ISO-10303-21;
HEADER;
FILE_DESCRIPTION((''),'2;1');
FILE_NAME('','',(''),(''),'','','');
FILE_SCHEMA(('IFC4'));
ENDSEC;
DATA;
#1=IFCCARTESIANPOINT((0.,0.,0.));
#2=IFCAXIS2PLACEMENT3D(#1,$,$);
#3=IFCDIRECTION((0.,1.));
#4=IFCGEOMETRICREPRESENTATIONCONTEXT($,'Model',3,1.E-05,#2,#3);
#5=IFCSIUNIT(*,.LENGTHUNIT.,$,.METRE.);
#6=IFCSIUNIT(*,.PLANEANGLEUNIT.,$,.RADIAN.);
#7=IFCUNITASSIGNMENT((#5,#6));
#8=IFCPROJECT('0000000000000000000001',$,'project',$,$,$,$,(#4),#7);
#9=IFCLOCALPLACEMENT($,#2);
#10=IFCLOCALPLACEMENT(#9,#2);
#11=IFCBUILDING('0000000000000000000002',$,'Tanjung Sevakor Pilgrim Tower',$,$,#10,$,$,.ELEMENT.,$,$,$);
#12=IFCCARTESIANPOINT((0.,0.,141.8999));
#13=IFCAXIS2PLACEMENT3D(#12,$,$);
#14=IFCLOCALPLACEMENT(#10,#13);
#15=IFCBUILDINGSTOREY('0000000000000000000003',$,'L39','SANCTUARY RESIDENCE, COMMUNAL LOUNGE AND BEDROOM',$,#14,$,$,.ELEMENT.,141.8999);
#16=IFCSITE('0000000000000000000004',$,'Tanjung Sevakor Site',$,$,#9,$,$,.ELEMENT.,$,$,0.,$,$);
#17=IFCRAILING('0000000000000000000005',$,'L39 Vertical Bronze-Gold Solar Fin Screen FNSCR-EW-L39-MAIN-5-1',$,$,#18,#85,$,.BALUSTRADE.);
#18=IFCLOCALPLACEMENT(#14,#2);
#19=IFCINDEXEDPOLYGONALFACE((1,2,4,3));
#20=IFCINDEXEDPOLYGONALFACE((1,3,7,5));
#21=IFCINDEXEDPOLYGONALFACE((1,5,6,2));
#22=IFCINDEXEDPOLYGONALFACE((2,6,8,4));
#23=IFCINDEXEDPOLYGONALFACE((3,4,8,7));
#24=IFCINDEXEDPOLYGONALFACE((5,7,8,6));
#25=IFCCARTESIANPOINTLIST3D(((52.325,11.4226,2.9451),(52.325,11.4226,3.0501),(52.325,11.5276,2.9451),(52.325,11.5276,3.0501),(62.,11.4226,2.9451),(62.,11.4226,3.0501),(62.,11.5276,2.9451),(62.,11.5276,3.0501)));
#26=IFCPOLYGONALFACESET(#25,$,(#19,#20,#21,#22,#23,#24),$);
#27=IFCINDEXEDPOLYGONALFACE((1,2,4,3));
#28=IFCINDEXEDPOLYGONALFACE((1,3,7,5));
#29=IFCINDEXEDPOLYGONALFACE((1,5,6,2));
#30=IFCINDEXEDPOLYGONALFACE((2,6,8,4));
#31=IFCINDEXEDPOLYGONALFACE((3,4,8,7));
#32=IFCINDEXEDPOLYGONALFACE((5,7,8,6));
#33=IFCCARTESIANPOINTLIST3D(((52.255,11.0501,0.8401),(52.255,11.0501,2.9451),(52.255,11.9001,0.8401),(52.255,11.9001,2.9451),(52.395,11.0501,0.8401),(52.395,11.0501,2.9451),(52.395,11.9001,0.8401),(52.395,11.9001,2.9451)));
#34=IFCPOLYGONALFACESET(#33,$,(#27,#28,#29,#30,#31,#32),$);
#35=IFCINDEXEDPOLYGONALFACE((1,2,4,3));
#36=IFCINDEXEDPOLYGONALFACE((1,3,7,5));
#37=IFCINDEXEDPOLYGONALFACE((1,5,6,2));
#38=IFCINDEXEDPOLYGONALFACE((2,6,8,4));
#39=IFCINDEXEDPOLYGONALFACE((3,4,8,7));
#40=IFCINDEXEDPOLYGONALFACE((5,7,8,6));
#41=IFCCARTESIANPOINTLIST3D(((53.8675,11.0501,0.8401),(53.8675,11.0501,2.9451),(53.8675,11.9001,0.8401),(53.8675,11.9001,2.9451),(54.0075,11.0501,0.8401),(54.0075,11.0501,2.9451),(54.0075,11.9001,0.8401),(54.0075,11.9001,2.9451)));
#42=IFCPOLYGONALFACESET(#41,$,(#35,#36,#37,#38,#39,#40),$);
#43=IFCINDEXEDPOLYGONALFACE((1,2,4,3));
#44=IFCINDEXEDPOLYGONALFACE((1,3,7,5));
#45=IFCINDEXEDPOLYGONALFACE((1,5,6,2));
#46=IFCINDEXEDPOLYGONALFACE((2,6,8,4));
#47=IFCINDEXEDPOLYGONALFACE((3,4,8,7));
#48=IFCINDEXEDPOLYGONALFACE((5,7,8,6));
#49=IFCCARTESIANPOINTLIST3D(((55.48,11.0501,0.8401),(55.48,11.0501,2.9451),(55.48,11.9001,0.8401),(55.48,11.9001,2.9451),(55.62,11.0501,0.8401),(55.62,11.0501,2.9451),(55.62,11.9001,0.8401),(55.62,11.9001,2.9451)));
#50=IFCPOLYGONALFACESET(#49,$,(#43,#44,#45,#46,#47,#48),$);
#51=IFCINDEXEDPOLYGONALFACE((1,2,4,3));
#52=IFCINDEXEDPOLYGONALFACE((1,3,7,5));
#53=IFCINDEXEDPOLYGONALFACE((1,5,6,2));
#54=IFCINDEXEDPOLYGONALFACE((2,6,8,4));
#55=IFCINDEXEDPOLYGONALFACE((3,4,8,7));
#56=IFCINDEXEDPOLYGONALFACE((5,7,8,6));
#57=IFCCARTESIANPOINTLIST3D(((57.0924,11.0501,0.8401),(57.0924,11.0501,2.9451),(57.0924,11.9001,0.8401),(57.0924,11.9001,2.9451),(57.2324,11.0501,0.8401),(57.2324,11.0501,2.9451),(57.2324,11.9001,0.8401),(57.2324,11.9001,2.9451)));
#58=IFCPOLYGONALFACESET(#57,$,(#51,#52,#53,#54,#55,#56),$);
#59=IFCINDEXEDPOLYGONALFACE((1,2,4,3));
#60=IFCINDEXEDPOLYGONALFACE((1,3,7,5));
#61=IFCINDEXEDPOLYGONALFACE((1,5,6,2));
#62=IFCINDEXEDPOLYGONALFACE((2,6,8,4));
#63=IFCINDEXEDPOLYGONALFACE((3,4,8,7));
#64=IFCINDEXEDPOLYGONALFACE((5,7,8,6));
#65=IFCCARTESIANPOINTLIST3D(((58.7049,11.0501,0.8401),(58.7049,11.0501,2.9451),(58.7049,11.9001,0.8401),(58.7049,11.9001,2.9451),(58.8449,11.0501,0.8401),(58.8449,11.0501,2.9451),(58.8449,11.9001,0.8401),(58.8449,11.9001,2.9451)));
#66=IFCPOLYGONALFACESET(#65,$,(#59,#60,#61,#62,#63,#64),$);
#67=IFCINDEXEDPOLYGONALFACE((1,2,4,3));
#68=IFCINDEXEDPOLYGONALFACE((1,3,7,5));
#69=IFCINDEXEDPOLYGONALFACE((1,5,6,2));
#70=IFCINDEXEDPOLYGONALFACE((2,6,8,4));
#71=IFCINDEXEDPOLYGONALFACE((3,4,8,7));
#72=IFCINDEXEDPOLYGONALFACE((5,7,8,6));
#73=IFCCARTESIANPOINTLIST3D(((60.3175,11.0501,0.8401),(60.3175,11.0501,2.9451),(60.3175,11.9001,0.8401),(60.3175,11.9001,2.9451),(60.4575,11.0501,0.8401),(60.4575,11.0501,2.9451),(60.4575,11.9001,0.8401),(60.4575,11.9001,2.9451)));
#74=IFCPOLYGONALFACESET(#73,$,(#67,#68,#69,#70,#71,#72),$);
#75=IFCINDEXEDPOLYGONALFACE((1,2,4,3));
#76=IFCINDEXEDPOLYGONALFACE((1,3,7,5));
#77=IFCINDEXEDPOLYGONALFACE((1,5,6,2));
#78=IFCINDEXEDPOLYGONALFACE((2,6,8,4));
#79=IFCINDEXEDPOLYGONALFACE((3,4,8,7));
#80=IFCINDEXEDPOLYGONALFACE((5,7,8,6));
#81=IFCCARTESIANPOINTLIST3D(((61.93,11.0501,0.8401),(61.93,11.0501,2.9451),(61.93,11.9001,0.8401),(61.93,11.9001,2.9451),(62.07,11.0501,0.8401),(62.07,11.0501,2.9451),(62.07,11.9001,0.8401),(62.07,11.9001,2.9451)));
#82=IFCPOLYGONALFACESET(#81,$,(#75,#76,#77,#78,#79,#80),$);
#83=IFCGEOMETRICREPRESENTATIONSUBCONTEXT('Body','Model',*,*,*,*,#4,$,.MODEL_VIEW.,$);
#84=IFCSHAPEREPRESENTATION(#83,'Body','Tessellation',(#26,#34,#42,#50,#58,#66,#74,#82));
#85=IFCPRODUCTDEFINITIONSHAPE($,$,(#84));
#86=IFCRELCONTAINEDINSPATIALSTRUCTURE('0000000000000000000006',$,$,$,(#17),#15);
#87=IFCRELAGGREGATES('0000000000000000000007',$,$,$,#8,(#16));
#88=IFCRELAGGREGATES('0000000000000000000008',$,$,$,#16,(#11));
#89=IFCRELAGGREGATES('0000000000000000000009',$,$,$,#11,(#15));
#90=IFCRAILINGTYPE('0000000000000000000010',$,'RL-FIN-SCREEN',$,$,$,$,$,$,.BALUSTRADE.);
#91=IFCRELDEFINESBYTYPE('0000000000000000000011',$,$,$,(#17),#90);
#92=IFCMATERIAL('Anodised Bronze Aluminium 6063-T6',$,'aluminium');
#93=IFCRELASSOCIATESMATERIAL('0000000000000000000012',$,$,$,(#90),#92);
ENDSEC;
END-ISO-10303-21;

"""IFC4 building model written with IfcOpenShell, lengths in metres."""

from ifc_helpers import new_model, si_unit, direction, frame, origin, place, context, subcontext, project, spatial, rectangle, extrude, material, type_object, element, save


model = new_model("IFC4")

# Units and contexts
model_context = context("Model", 3, precision=1e-05, world=origin(), true_north=direction((0.0, 1.0)))
body_context = subcontext(model_context, "Body", "Model", "MODEL_VIEW")
ifc_project = project(units=[si_unit("LENGTHUNIT", "METRE"), si_unit("PLANEANGLEUNIT", "RADIAN")], contexts=[model_context])

# Site, building, storey
site_placement = place(None, origin())
site = spatial("IfcSite", under=ifc_project, at=site_placement, Name="Tanjung Sevakor Site", CompositionType="ELEMENT", RefElevation=0.0)
building_placement = place(site_placement, origin())
building = spatial("IfcBuilding", under=site, at=building_placement, Name="Tanjung Sevakor Pilgrim Tower", CompositionType="ELEMENT")
storey_placement = place(building_placement, frame((0.0, 0.0, 141.8999)))
storey = spatial("IfcBuildingStorey", under=building, at=storey_placement, Name="L39", Description="SANCTUARY RESIDENCE, COMMUNAL LOUNGE AND BEDROOM", CompositionType="ELEMENT", Elevation=141.8999)

# Railing
ifc_material_1 = material(Name="Anodised Bronze Aluminium 6063-T6", Category="aluminium")
railing_type_1 = type_object("IfcRailingType", Name="RL-FIN-SCREEN", PredefinedType="BALUSTRADE", material=ifc_material_1)
railing_1_placement = place(storey_placement, frame((52.325, 11.4751, 0.8401)))
element("IfcRailing", 1, at=railing_1_placement, inside=storey, type_object=railing_type_1, Name="L39 Vertical Bronze-Gold Solar Fin Screen FNSCR-EW-L39-MAIN-5-1", PredefinedType="BALUSTRADE", context=body_context, shape_type="SweptSolid", body=[
    extrude(rectangle(XDim=0.105, YDim=0.105), frame((0.0, 0.0, 2.1575), z_axis=(1.0, 0.0, 0.0), x_axis=(0.0, 1.0, 0.0)), (0.0, 0.0, 1.0), 9.675),
    extrude(rectangle(XDim=0.14, YDim=0.85), origin(), (0.0, 0.0, 1.0), 2.105),
    extrude(rectangle(XDim=0.14, YDim=0.85), frame((1.6125, 0.0, 0.0)), (0.0, 0.0, 1.0), 2.105),
    extrude(rectangle(XDim=0.14, YDim=0.85), frame((3.2251, 0.0, 0.0)), (0.0, 0.0, 1.0), 2.105),
    extrude(rectangle(XDim=0.14, YDim=0.85), frame((4.8374, 0.0, 0.0)), (0.0, 0.0, 1.0), 2.105),
    extrude(rectangle(XDim=0.14, YDim=0.85), frame((6.45, 0.0, 0.0)), (0.0, 0.0, 1.0), 2.105),
    extrude(rectangle(XDim=0.14, YDim=0.85), frame((8.0625, 0.0, 0.0)), (0.0, 0.0, 1.0), 2.105),
    extrude(rectangle(XDim=0.14, YDim=0.85), frame((9.675, 0.0, 0.0)), (0.0, 0.0, 1.0), 2.105),
])

save(model, "model.ifc")
